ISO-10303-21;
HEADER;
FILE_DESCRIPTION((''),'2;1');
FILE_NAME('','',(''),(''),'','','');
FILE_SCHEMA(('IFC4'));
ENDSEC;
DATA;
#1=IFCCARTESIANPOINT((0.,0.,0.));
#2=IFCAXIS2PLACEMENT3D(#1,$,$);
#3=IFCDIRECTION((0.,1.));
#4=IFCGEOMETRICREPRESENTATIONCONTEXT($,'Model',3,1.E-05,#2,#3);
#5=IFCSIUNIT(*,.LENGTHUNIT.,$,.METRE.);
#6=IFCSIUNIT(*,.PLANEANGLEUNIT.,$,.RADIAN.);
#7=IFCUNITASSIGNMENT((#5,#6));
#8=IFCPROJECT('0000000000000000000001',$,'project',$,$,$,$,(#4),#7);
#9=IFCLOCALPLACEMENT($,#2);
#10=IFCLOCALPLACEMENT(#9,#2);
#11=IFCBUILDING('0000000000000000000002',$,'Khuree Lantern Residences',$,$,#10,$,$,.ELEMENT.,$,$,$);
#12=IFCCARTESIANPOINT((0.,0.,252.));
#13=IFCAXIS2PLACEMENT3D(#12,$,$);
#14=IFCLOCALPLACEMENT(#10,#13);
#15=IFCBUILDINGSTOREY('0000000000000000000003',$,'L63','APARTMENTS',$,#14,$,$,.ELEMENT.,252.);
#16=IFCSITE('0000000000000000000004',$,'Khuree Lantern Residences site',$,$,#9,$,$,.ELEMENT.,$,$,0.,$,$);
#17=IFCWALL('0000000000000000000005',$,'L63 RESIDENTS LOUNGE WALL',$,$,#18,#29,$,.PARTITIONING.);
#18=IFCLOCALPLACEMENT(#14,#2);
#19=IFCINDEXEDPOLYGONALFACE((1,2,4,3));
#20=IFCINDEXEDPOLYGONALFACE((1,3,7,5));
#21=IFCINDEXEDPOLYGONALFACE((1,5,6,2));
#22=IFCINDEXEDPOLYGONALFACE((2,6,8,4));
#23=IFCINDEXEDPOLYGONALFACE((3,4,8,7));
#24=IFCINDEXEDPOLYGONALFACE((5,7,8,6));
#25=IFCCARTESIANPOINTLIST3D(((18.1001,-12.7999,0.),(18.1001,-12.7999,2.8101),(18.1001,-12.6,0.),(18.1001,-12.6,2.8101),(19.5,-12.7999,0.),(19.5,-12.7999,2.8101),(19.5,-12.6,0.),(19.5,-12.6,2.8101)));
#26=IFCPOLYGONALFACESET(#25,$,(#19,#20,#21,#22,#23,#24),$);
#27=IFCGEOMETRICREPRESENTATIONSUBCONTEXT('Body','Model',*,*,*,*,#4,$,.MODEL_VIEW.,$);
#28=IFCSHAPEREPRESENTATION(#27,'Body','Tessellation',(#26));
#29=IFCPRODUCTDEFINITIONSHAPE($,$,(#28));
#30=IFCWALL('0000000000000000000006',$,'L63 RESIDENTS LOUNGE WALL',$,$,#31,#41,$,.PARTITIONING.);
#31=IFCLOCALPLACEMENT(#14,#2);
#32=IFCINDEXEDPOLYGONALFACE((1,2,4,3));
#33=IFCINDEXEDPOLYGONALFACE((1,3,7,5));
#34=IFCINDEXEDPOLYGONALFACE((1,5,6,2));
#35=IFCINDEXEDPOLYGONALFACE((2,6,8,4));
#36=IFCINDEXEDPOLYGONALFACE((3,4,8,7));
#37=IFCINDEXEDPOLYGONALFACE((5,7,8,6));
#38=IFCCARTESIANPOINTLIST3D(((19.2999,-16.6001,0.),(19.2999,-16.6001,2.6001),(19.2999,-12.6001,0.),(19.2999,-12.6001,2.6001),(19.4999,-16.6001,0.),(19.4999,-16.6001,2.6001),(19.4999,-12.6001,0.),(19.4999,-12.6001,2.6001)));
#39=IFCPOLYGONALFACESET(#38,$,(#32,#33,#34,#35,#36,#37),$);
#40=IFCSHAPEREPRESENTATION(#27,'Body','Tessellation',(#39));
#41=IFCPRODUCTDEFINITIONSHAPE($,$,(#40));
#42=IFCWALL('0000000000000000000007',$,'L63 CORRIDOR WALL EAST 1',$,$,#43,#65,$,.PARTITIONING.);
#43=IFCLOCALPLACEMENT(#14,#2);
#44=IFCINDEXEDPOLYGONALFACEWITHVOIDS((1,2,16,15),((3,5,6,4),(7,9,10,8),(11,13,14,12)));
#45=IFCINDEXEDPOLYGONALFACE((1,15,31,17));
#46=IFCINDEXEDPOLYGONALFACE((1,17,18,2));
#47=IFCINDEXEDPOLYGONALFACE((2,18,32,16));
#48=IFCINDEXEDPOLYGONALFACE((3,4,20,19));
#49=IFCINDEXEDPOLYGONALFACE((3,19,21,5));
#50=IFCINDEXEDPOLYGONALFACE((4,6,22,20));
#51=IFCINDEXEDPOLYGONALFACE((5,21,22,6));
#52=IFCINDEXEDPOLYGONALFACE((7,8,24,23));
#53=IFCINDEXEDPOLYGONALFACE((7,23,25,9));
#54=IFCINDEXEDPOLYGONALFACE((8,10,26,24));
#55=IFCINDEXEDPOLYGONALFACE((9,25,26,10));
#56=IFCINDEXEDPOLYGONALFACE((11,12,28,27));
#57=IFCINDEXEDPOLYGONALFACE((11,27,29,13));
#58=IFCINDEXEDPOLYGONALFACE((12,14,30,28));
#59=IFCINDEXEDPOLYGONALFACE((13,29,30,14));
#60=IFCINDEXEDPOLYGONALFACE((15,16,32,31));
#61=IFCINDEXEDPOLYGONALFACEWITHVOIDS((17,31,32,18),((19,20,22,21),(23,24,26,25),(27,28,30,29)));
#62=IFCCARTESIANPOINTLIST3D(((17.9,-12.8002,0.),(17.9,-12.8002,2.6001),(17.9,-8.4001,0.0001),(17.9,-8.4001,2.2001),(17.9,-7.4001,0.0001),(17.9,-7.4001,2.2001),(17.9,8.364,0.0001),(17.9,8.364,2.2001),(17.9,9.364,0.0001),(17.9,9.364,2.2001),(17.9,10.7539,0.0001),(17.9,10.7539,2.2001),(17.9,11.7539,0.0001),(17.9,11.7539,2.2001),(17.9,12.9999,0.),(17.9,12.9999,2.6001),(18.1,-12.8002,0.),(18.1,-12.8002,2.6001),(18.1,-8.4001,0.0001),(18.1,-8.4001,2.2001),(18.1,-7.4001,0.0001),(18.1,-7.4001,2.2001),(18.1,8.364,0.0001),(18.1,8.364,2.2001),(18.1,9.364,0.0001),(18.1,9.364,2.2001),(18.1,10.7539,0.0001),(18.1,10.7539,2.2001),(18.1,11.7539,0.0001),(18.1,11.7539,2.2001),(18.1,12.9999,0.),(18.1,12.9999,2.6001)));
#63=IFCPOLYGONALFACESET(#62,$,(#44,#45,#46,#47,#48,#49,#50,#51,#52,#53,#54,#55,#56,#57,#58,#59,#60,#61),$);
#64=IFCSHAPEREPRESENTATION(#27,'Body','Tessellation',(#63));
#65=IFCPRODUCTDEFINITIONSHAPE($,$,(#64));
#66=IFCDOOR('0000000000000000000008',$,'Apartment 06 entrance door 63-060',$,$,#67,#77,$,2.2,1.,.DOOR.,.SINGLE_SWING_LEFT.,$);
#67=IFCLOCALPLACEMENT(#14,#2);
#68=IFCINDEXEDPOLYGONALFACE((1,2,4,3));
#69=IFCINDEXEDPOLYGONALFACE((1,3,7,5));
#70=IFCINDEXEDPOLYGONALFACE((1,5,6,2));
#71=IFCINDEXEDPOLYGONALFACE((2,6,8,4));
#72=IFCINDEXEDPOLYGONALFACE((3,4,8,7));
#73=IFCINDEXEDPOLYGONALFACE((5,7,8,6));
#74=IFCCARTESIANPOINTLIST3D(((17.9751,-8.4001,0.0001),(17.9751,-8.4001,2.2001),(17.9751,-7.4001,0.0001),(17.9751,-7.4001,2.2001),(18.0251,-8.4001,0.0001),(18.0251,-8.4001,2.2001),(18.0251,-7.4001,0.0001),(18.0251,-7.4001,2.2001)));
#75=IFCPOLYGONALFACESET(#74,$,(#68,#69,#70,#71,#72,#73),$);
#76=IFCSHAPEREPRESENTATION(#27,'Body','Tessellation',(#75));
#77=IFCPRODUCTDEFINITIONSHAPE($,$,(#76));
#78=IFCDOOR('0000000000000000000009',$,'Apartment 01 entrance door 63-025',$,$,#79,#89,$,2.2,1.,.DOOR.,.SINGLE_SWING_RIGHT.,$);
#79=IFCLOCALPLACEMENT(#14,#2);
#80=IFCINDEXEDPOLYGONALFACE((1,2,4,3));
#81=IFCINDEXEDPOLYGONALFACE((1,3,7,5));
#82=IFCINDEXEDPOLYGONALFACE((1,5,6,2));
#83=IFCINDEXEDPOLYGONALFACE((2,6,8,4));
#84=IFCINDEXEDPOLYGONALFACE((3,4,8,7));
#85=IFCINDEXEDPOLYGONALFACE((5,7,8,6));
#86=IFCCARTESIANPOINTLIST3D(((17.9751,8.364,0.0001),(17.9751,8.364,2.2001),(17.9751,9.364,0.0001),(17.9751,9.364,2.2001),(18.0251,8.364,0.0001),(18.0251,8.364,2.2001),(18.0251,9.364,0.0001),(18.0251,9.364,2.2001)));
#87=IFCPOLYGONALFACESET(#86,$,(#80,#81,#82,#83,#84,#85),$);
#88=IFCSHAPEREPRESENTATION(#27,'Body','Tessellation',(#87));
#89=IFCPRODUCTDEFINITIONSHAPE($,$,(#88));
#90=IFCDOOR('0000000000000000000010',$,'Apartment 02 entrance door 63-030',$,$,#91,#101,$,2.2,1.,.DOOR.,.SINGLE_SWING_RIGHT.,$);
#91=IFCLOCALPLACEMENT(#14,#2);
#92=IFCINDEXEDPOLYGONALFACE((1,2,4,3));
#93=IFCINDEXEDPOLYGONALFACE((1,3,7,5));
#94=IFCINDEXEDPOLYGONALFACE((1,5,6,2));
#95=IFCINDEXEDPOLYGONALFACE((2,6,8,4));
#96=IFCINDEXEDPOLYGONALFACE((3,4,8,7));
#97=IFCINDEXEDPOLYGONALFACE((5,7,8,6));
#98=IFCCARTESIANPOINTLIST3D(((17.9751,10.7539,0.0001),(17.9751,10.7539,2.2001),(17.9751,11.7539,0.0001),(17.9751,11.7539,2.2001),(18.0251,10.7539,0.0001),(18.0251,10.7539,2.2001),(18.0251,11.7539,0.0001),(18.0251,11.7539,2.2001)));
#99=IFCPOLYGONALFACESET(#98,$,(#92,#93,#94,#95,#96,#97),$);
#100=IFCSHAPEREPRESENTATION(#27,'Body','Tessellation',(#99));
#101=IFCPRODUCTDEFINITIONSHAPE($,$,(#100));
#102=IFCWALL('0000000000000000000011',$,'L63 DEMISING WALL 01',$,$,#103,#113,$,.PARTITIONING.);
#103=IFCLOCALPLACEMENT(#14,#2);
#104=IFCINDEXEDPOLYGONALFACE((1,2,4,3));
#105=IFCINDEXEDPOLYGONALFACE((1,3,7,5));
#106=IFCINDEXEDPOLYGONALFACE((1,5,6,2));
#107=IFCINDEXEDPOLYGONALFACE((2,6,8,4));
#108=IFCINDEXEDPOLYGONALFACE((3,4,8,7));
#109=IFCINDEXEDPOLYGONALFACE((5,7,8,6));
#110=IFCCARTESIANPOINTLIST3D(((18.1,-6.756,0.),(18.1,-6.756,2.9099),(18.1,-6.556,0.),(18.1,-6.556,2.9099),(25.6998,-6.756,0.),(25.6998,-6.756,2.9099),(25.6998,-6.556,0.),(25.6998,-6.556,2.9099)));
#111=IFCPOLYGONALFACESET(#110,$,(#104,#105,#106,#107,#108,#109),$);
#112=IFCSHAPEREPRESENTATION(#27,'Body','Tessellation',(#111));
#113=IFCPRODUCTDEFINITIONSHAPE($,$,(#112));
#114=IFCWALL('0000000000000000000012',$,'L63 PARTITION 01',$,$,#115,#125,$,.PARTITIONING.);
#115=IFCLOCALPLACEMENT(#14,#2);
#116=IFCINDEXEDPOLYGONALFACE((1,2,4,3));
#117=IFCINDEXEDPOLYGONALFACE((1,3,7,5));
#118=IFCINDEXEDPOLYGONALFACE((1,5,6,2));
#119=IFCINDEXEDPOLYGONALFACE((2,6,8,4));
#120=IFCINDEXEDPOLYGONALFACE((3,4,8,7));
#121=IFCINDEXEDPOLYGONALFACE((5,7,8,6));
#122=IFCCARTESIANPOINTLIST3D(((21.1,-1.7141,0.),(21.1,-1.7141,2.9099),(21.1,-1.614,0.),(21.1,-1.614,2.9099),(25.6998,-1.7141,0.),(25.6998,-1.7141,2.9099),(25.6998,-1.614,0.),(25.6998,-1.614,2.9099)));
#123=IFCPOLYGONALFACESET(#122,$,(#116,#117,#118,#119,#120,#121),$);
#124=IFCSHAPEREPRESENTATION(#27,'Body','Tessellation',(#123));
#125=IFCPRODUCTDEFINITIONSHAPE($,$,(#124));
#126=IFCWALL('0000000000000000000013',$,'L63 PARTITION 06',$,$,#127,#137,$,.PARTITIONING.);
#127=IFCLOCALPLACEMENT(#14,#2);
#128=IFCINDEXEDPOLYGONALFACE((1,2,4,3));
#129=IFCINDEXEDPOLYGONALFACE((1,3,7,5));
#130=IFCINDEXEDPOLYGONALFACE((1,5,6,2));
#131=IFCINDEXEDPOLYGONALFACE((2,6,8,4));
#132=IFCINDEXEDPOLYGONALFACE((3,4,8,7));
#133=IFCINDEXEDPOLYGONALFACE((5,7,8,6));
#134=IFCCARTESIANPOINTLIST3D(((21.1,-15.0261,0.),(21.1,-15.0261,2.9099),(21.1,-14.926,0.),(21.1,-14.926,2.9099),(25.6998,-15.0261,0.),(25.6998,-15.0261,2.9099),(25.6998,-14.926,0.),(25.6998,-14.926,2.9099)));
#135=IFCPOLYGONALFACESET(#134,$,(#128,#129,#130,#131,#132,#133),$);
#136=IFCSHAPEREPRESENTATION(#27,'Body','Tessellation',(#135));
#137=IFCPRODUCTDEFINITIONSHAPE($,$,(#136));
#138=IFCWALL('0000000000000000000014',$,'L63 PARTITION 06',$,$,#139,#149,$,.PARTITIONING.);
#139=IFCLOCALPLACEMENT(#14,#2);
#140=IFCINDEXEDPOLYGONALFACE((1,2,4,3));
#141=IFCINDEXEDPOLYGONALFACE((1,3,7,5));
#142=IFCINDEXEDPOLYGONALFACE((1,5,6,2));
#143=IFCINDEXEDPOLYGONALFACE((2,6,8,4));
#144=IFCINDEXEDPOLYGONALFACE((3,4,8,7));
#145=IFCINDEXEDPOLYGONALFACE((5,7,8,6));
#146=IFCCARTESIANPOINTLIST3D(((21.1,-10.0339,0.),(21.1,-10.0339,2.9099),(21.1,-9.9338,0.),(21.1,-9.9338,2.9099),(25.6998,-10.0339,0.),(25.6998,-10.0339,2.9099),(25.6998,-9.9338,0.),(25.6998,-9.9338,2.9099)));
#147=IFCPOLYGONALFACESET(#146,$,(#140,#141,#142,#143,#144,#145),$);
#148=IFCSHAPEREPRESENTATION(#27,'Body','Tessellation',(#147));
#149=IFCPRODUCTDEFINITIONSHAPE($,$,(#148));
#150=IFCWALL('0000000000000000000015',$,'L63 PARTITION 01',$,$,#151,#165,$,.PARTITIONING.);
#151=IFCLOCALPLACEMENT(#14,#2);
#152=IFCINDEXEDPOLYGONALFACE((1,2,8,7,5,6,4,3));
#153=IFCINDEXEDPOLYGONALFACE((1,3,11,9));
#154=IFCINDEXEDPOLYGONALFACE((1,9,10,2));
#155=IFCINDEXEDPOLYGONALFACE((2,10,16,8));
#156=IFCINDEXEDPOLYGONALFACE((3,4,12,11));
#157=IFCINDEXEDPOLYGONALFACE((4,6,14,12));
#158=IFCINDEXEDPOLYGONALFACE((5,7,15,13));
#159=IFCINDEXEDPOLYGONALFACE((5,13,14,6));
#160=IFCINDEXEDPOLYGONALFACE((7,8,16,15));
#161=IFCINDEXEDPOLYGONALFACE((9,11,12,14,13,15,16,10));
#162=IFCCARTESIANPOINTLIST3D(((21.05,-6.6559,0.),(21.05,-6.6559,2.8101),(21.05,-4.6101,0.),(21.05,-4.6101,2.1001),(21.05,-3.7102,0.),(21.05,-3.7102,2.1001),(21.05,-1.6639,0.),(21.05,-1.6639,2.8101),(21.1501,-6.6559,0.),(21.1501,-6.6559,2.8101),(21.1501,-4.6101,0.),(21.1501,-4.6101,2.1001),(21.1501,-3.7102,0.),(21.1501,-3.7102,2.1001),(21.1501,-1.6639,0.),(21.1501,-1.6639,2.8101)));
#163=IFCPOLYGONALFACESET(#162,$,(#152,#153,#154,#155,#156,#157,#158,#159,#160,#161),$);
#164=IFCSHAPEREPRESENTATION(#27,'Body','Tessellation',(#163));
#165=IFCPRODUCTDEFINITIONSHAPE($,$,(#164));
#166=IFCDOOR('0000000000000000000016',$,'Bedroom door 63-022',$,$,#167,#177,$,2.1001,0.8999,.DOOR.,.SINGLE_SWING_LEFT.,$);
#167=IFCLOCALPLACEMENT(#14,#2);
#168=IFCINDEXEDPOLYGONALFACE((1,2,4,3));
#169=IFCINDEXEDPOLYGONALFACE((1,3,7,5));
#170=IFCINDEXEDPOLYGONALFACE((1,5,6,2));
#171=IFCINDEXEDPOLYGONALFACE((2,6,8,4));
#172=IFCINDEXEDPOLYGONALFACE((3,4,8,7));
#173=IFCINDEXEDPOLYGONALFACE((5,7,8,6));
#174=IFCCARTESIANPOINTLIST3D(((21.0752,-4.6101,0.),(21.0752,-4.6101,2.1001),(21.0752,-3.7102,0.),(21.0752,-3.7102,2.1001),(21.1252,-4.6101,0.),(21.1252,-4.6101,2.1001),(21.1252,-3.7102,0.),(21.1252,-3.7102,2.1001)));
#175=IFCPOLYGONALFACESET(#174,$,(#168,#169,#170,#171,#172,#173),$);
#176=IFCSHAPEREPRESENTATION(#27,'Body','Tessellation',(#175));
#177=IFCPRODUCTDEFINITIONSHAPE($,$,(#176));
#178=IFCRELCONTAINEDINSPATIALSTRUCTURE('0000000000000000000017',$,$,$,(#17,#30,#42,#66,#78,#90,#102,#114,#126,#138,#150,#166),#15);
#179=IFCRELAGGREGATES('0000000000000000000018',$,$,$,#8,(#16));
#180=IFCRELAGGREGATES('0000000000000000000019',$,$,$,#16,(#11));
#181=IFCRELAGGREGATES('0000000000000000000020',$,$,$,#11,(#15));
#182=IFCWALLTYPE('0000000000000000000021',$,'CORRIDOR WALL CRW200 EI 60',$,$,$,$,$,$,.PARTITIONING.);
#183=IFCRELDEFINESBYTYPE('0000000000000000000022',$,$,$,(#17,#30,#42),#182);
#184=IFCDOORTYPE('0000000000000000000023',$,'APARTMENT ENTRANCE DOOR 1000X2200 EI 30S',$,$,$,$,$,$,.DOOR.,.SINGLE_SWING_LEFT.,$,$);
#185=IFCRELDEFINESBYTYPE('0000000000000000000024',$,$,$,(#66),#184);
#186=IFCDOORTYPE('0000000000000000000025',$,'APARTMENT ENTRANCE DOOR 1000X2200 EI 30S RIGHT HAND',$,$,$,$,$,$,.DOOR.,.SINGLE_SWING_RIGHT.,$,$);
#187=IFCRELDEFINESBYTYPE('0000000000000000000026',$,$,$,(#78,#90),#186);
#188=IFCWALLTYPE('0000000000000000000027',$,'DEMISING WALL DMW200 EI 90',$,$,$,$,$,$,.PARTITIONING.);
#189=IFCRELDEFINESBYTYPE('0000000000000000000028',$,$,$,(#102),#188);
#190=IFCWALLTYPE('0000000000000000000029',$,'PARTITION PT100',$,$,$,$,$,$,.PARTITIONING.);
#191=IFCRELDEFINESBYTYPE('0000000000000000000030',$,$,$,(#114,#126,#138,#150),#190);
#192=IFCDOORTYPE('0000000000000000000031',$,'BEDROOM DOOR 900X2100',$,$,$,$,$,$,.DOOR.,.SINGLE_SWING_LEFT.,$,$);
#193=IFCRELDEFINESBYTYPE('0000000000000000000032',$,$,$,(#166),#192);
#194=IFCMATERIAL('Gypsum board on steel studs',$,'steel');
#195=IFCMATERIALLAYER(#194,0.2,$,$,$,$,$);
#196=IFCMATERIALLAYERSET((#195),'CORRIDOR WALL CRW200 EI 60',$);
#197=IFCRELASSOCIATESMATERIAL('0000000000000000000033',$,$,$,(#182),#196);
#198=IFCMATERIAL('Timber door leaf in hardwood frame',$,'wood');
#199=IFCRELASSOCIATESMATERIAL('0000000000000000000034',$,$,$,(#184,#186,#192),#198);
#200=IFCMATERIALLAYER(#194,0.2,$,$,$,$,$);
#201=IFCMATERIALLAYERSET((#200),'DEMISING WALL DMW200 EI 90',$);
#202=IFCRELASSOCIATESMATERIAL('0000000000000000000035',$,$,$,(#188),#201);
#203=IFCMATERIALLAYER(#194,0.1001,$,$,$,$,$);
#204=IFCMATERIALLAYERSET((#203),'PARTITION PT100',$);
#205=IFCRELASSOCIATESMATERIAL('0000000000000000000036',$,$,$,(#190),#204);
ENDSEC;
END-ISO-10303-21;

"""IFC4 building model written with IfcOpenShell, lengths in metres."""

from ifc_helpers import new_model, si_unit, direction, frame, frame_2d, origin, place, context, subcontext, project, spatial, rectangle, extrude, material, layer, layer_set, type_object, element, fill, save


model = new_model("IFC4")

# Units and contexts
model_context = context("Model", 3, precision=1e-05, world=origin(), true_north=direction((0.0, 1.0)))
body_context = subcontext(model_context, "Body", "Model", "MODEL_VIEW")
ifc_project = project(units=[si_unit("LENGTHUNIT", "METRE"), si_unit("PLANEANGLEUNIT", "RADIAN")], contexts=[model_context])

# Site, building, storey
site_placement = place(None, origin())
site = spatial("IfcSite", under=ifc_project, at=site_placement, Name="Khuree Lantern Residences site", CompositionType="ELEMENT", RefElevation=0.0)
building_placement = place(site_placement, origin())
building = spatial("IfcBuilding", under=site, at=building_placement, Name="Khuree Lantern Residences", CompositionType="ELEMENT")
storey_placement = place(building_placement, frame((0.0, 0.0, 252.0)))
storey = spatial("IfcBuildingStorey", under=building, at=storey_placement, Name="L63", Description="APARTMENTS", CompositionType="ELEMENT", Elevation=252.0)

# Shared definitions
ifc_material_1 = material(Name="Timber door leaf in hardwood frame", Category="wood")

# Walls
ifc_material_2 = material(Name="Gypsum board on steel studs", Category="steel")
ifc_layer_1 = layer(ifc_material_2, 0.2)
ifc_layer_set_1 = layer_set([ifc_layer_1], Name="CORRIDOR WALL CRW200 EI 60")
wall_type_1 = type_object("IfcWallType", Name="CORRIDOR WALL CRW200 EI 60", PredefinedType="PARTITIONING", material=ifc_layer_set_1)
wall_1_placement = place(storey_placement, frame((18.1001, -12.7, 0.0), z_axis=(0.0, 0.0, 1.0), x_axis=(1.0, 0.0, 0.0)))
element("IfcWall", 1, at=wall_1_placement, inside=storey, type_object=wall_type_1, Name="L63 RESIDENTS LOUNGE WALL", PredefinedType="PARTITIONING", context=body_context, shape_type="SweptSolid", body=[
    extrude(rectangle(XDim=1.3999, YDim=0.2, at=frame_2d((0.7, 0.0))), origin(), (0.0, 0.0, 1.0), 2.8101),
])
wall_2_placement = place(storey_placement, frame((19.3999, -12.6001, 0.0), z_axis=(0.0, 0.0, 1.0), x_axis=(0.0, -1.0, 0.0)))
element("IfcWall", 2, at=wall_2_placement, inside=storey, type_object=wall_type_1, Name="L63 RESIDENTS LOUNGE WALL", PredefinedType="PARTITIONING", context=body_context, shape_type="SweptSolid", body=[
    extrude(rectangle(XDim=4.0, YDim=0.2, at=frame_2d((2.0, 0.0))), origin(), (0.0, 0.0, 1.0), 2.6001),
])

# Wall, openings, doors
wall_3_placement = place(storey_placement, frame((18.0, -12.8, 0.0), z_axis=(0.0, 0.0, 1.0), x_axis=(0.0, 1.0, 0.0)))
wall_3 = element("IfcWall", 3, at=wall_3_placement, inside=storey, type_object=wall_type_1, Name="L63 CORRIDOR WALL EAST 1", PredefinedType="PARTITIONING", context=body_context, shape_type="SweptSolid", body=[
    extrude(rectangle(XDim=25.8, YDim=0.2, at=frame_2d((12.8999, 0.0))), origin(), (0.0, 0.0, 1.0), 2.6001),
])
opening_1_placement = place(wall_3_placement, frame((21.1641, 0.0, 0.0)))
opening_1 = element("IfcOpeningElement", 4, at=opening_1_placement, cuts=wall_3, PredefinedType="OPENING", context=body_context, shape_type="SweptSolid", body=[
    extrude(rectangle(XDim=1.0, YDim=2.2, at=frame_2d((0.5, 1.1001))), frame((0.0, 0.1099, 0.0), z_axis=(0.0, -1.0, 0.0), x_axis=(1.0, 0.0, 0.0)), (0.0, 0.0, 1.0), 0.22),
])
opening_2_placement = place(wall_3_placement, frame((23.554, 0.0, 0.0)))
opening_2 = element("IfcOpeningElement", 5, at=opening_2_placement, cuts=wall_3, PredefinedType="OPENING", context=body_context, shape_type="SweptSolid", body=[
    extrude(rectangle(XDim=1.0, YDim=2.2, at=frame_2d((0.5, 1.1001))), frame((0.0, 0.1099, 0.0), z_axis=(0.0, -1.0, 0.0), x_axis=(1.0, 0.0, 0.0)), (0.0, 0.0, 1.0), 0.22),
])
opening_3_placement = place(wall_3_placement, frame((4.3999, 0.0, 0.0)))
opening_3 = element("IfcOpeningElement", 6, at=opening_3_placement, cuts=wall_3, PredefinedType="OPENING", context=body_context, shape_type="SweptSolid", body=[
    extrude(rectangle(XDim=1.0, YDim=2.2, at=frame_2d((0.5, 1.1001))), frame((0.0, 0.1099, 0.0), z_axis=(0.0, -1.0, 0.0), x_axis=(1.0, 0.0, 0.0)), (0.0, 0.0, 1.0), 0.22),
])
door_type_1 = type_object("IfcDoorType", Name="APARTMENT ENTRANCE DOOR 1000X2200 EI 30S", OperationType="SINGLE_SWING_LEFT", PredefinedType="DOOR", material=ifc_material_1)
door_1_placement = place(opening_3_placement, origin())
door_1 = element("IfcDoor", 7, at=door_1_placement, inside=storey, type_object=door_type_1, Name="Apartment 06 entrance door 63-060", OperationType="SINGLE_SWING_LEFT", OverallHeight=2.2, OverallWidth=1.0, PredefinedType="DOOR", context=body_context, shape_type="SweptSolid", body=[
    extrude(rectangle(XDim=1.0, YDim=2.2, at=frame_2d((0.5, 1.1001))), frame((0.0, 0.0249, 0.0), z_axis=(0.0, -1.0, 0.0), x_axis=(1.0, 0.0, 0.0)), (0.0, 0.0, 1.0), 0.05),
])
fill(opening_3, door_1)
door_type_2 = type_object("IfcDoorType", Name="APARTMENT ENTRANCE DOOR 1000X2200 EI 30S RIGHT HAND", OperationType="SINGLE_SWING_RIGHT", PredefinedType="DOOR", material=ifc_material_1)
door_2_placement = place(opening_1_placement, origin())
door_2 = element("IfcDoor", 8, at=door_2_placement, inside=storey, type_object=door_type_2, Name="Apartment 01 entrance door 63-025", OperationType="SINGLE_SWING_RIGHT", OverallHeight=2.2, OverallWidth=1.0, PredefinedType="DOOR", context=body_context, shape_type="SweptSolid", body=[
    extrude(rectangle(XDim=1.0, YDim=2.2, at=frame_2d((0.5, 1.1001))), frame((0.0, 0.0249, 0.0), z_axis=(0.0, -1.0, 0.0), x_axis=(1.0, 0.0, 0.0)), (0.0, 0.0, 1.0), 0.05),
])
fill(opening_1, door_2)
door_3_placement = place(opening_2_placement, origin())
door_3 = element("IfcDoor", 9, at=door_3_placement, inside=storey, type_object=door_type_2, Name="Apartment 02 entrance door 63-030", OperationType="SINGLE_SWING_RIGHT", OverallHeight=2.2, OverallWidth=1.0, PredefinedType="DOOR", context=body_context, shape_type="SweptSolid", body=[
    extrude(rectangle(XDim=1.0, YDim=2.2, at=frame_2d((0.5, 1.1001))), frame((0.0, 0.0249, 0.0), z_axis=(0.0, -1.0, 0.0), x_axis=(1.0, 0.0, 0.0)), (0.0, 0.0, 1.0), 0.05),
])
fill(opening_2, door_3)

# Walls
ifc_layer_2 = layer(ifc_material_2, 0.2)
ifc_layer_set_2 = layer_set([ifc_layer_2], Name="DEMISING WALL DMW200 EI 90")
wall_type_2 = type_object("IfcWallType", Name="DEMISING WALL DMW200 EI 90", PredefinedType="PARTITIONING", material=ifc_layer_set_2)
wall_4_placement = place(storey_placement, frame((18.1001, -6.656, 0.0), z_axis=(0.0, 0.0, 1.0), x_axis=(1.0, 0.0, 0.0)))
element("IfcWall", 10, at=wall_4_placement, inside=storey, type_object=wall_type_2, Name="L63 DEMISING WALL 01", PredefinedType="PARTITIONING", context=body_context, shape_type="SweptSolid", body=[
    extrude(rectangle(XDim=7.5999, YDim=0.2, at=frame_2d((3.7998, 0.0))), origin(), (0.0, 0.0, 1.0), 2.9099),
])
ifc_layer_3 = layer(ifc_material_2, 0.1001)
ifc_layer_set_3 = layer_set([ifc_layer_3], Name="PARTITION PT100")
wall_type_3 = type_object("IfcWallType", Name="PARTITION PT100", PredefinedType="PARTITIONING", material=ifc_layer_set_3)
for number, where, z_axis, x_axis, name in (
    (11, (21.1001, -1.6641, 0.0), (0.0, 0.0, 1.0), (1.0, 0.0, 0.0), "L63 PARTITION 01"),
    (12, (21.1001, -14.9761, 0.0), (0.0, 0.0, 1.0), (1.0, 0.0, 0.0), "L63 PARTITION 06"),
    (13, (21.1001, -9.9839, 0.0), (0.0, 0.0, 1.0), (1.0, 0.0, 0.0), "L63 PARTITION 06"),
):
    element("IfcWall", number, at=place(storey_placement, frame(where, z_axis=z_axis, x_axis=x_axis)), inside=storey, type_object=wall_type_3, Name=name, PredefinedType="PARTITIONING", context=body_context, shape_type="SweptSolid", body=[
        extrude(rectangle(XDim=4.5999, YDim=0.1001, at=frame_2d((2.2998, 0.0))), origin(), (0.0, 0.0, 1.0), 2.9099),
    ])

# Wall, opening, door
wall_5_placement = place(storey_placement, frame((21.1001, -6.656, 0.0), z_axis=(0.0, 0.0, 1.0), x_axis=(0.0, 1.0, 0.0)))
wall_5 = element("IfcWall", 14, at=wall_5_placement, inside=storey, type_object=wall_type_3, Name="L63 PARTITION 01", PredefinedType="PARTITIONING", context=body_context, shape_type="SweptSolid", body=[
    extrude(rectangle(XDim=4.9919, YDim=0.1001, at=frame_2d((2.4961, 0.0))), origin(), (0.0, 0.0, 1.0), 2.8101),
])
opening_4_placement = place(wall_5_placement, frame((2.0459, 0.0, 0.0)))
opening_4 = element("IfcOpeningElement", 15, at=opening_4_placement, cuts=wall_5, PredefinedType="OPENING", context=body_context, shape_type="SweptSolid", body=[
    extrude(rectangle(XDim=0.8999, YDim=2.1001, at=frame_2d((0.45, 1.05))), frame((0.0, 0.0601, 0.0), z_axis=(0.0, -1.0, 0.0), x_axis=(1.0, 0.0, 0.0)), (0.0, 0.0, 1.0), 0.1201),
])
door_type_3 = type_object("IfcDoorType", Name="BEDROOM DOOR 900X2100", OperationType="SINGLE_SWING_LEFT", PredefinedType="DOOR", material=ifc_material_1)
door_4_placement = place(opening_4_placement, origin())
door_4 = element("IfcDoor", 16, at=door_4_placement, inside=storey, type_object=door_type_3, Name="Bedroom door 63-022", OperationType="SINGLE_SWING_LEFT", OverallHeight=2.1001, OverallWidth=0.8999, PredefinedType="DOOR", context=body_context, shape_type="SweptSolid", body=[
    extrude(rectangle(XDim=0.8999, YDim=2.1001, at=frame_2d((0.45, 1.05))), frame((0.0, 0.0249, 0.0), z_axis=(0.0, -1.0, 0.0), x_axis=(1.0, 0.0, 0.0)), (0.0, 0.0, 1.0), 0.05),
])
fill(opening_4, door_4)

save(model, "model.ifc")
